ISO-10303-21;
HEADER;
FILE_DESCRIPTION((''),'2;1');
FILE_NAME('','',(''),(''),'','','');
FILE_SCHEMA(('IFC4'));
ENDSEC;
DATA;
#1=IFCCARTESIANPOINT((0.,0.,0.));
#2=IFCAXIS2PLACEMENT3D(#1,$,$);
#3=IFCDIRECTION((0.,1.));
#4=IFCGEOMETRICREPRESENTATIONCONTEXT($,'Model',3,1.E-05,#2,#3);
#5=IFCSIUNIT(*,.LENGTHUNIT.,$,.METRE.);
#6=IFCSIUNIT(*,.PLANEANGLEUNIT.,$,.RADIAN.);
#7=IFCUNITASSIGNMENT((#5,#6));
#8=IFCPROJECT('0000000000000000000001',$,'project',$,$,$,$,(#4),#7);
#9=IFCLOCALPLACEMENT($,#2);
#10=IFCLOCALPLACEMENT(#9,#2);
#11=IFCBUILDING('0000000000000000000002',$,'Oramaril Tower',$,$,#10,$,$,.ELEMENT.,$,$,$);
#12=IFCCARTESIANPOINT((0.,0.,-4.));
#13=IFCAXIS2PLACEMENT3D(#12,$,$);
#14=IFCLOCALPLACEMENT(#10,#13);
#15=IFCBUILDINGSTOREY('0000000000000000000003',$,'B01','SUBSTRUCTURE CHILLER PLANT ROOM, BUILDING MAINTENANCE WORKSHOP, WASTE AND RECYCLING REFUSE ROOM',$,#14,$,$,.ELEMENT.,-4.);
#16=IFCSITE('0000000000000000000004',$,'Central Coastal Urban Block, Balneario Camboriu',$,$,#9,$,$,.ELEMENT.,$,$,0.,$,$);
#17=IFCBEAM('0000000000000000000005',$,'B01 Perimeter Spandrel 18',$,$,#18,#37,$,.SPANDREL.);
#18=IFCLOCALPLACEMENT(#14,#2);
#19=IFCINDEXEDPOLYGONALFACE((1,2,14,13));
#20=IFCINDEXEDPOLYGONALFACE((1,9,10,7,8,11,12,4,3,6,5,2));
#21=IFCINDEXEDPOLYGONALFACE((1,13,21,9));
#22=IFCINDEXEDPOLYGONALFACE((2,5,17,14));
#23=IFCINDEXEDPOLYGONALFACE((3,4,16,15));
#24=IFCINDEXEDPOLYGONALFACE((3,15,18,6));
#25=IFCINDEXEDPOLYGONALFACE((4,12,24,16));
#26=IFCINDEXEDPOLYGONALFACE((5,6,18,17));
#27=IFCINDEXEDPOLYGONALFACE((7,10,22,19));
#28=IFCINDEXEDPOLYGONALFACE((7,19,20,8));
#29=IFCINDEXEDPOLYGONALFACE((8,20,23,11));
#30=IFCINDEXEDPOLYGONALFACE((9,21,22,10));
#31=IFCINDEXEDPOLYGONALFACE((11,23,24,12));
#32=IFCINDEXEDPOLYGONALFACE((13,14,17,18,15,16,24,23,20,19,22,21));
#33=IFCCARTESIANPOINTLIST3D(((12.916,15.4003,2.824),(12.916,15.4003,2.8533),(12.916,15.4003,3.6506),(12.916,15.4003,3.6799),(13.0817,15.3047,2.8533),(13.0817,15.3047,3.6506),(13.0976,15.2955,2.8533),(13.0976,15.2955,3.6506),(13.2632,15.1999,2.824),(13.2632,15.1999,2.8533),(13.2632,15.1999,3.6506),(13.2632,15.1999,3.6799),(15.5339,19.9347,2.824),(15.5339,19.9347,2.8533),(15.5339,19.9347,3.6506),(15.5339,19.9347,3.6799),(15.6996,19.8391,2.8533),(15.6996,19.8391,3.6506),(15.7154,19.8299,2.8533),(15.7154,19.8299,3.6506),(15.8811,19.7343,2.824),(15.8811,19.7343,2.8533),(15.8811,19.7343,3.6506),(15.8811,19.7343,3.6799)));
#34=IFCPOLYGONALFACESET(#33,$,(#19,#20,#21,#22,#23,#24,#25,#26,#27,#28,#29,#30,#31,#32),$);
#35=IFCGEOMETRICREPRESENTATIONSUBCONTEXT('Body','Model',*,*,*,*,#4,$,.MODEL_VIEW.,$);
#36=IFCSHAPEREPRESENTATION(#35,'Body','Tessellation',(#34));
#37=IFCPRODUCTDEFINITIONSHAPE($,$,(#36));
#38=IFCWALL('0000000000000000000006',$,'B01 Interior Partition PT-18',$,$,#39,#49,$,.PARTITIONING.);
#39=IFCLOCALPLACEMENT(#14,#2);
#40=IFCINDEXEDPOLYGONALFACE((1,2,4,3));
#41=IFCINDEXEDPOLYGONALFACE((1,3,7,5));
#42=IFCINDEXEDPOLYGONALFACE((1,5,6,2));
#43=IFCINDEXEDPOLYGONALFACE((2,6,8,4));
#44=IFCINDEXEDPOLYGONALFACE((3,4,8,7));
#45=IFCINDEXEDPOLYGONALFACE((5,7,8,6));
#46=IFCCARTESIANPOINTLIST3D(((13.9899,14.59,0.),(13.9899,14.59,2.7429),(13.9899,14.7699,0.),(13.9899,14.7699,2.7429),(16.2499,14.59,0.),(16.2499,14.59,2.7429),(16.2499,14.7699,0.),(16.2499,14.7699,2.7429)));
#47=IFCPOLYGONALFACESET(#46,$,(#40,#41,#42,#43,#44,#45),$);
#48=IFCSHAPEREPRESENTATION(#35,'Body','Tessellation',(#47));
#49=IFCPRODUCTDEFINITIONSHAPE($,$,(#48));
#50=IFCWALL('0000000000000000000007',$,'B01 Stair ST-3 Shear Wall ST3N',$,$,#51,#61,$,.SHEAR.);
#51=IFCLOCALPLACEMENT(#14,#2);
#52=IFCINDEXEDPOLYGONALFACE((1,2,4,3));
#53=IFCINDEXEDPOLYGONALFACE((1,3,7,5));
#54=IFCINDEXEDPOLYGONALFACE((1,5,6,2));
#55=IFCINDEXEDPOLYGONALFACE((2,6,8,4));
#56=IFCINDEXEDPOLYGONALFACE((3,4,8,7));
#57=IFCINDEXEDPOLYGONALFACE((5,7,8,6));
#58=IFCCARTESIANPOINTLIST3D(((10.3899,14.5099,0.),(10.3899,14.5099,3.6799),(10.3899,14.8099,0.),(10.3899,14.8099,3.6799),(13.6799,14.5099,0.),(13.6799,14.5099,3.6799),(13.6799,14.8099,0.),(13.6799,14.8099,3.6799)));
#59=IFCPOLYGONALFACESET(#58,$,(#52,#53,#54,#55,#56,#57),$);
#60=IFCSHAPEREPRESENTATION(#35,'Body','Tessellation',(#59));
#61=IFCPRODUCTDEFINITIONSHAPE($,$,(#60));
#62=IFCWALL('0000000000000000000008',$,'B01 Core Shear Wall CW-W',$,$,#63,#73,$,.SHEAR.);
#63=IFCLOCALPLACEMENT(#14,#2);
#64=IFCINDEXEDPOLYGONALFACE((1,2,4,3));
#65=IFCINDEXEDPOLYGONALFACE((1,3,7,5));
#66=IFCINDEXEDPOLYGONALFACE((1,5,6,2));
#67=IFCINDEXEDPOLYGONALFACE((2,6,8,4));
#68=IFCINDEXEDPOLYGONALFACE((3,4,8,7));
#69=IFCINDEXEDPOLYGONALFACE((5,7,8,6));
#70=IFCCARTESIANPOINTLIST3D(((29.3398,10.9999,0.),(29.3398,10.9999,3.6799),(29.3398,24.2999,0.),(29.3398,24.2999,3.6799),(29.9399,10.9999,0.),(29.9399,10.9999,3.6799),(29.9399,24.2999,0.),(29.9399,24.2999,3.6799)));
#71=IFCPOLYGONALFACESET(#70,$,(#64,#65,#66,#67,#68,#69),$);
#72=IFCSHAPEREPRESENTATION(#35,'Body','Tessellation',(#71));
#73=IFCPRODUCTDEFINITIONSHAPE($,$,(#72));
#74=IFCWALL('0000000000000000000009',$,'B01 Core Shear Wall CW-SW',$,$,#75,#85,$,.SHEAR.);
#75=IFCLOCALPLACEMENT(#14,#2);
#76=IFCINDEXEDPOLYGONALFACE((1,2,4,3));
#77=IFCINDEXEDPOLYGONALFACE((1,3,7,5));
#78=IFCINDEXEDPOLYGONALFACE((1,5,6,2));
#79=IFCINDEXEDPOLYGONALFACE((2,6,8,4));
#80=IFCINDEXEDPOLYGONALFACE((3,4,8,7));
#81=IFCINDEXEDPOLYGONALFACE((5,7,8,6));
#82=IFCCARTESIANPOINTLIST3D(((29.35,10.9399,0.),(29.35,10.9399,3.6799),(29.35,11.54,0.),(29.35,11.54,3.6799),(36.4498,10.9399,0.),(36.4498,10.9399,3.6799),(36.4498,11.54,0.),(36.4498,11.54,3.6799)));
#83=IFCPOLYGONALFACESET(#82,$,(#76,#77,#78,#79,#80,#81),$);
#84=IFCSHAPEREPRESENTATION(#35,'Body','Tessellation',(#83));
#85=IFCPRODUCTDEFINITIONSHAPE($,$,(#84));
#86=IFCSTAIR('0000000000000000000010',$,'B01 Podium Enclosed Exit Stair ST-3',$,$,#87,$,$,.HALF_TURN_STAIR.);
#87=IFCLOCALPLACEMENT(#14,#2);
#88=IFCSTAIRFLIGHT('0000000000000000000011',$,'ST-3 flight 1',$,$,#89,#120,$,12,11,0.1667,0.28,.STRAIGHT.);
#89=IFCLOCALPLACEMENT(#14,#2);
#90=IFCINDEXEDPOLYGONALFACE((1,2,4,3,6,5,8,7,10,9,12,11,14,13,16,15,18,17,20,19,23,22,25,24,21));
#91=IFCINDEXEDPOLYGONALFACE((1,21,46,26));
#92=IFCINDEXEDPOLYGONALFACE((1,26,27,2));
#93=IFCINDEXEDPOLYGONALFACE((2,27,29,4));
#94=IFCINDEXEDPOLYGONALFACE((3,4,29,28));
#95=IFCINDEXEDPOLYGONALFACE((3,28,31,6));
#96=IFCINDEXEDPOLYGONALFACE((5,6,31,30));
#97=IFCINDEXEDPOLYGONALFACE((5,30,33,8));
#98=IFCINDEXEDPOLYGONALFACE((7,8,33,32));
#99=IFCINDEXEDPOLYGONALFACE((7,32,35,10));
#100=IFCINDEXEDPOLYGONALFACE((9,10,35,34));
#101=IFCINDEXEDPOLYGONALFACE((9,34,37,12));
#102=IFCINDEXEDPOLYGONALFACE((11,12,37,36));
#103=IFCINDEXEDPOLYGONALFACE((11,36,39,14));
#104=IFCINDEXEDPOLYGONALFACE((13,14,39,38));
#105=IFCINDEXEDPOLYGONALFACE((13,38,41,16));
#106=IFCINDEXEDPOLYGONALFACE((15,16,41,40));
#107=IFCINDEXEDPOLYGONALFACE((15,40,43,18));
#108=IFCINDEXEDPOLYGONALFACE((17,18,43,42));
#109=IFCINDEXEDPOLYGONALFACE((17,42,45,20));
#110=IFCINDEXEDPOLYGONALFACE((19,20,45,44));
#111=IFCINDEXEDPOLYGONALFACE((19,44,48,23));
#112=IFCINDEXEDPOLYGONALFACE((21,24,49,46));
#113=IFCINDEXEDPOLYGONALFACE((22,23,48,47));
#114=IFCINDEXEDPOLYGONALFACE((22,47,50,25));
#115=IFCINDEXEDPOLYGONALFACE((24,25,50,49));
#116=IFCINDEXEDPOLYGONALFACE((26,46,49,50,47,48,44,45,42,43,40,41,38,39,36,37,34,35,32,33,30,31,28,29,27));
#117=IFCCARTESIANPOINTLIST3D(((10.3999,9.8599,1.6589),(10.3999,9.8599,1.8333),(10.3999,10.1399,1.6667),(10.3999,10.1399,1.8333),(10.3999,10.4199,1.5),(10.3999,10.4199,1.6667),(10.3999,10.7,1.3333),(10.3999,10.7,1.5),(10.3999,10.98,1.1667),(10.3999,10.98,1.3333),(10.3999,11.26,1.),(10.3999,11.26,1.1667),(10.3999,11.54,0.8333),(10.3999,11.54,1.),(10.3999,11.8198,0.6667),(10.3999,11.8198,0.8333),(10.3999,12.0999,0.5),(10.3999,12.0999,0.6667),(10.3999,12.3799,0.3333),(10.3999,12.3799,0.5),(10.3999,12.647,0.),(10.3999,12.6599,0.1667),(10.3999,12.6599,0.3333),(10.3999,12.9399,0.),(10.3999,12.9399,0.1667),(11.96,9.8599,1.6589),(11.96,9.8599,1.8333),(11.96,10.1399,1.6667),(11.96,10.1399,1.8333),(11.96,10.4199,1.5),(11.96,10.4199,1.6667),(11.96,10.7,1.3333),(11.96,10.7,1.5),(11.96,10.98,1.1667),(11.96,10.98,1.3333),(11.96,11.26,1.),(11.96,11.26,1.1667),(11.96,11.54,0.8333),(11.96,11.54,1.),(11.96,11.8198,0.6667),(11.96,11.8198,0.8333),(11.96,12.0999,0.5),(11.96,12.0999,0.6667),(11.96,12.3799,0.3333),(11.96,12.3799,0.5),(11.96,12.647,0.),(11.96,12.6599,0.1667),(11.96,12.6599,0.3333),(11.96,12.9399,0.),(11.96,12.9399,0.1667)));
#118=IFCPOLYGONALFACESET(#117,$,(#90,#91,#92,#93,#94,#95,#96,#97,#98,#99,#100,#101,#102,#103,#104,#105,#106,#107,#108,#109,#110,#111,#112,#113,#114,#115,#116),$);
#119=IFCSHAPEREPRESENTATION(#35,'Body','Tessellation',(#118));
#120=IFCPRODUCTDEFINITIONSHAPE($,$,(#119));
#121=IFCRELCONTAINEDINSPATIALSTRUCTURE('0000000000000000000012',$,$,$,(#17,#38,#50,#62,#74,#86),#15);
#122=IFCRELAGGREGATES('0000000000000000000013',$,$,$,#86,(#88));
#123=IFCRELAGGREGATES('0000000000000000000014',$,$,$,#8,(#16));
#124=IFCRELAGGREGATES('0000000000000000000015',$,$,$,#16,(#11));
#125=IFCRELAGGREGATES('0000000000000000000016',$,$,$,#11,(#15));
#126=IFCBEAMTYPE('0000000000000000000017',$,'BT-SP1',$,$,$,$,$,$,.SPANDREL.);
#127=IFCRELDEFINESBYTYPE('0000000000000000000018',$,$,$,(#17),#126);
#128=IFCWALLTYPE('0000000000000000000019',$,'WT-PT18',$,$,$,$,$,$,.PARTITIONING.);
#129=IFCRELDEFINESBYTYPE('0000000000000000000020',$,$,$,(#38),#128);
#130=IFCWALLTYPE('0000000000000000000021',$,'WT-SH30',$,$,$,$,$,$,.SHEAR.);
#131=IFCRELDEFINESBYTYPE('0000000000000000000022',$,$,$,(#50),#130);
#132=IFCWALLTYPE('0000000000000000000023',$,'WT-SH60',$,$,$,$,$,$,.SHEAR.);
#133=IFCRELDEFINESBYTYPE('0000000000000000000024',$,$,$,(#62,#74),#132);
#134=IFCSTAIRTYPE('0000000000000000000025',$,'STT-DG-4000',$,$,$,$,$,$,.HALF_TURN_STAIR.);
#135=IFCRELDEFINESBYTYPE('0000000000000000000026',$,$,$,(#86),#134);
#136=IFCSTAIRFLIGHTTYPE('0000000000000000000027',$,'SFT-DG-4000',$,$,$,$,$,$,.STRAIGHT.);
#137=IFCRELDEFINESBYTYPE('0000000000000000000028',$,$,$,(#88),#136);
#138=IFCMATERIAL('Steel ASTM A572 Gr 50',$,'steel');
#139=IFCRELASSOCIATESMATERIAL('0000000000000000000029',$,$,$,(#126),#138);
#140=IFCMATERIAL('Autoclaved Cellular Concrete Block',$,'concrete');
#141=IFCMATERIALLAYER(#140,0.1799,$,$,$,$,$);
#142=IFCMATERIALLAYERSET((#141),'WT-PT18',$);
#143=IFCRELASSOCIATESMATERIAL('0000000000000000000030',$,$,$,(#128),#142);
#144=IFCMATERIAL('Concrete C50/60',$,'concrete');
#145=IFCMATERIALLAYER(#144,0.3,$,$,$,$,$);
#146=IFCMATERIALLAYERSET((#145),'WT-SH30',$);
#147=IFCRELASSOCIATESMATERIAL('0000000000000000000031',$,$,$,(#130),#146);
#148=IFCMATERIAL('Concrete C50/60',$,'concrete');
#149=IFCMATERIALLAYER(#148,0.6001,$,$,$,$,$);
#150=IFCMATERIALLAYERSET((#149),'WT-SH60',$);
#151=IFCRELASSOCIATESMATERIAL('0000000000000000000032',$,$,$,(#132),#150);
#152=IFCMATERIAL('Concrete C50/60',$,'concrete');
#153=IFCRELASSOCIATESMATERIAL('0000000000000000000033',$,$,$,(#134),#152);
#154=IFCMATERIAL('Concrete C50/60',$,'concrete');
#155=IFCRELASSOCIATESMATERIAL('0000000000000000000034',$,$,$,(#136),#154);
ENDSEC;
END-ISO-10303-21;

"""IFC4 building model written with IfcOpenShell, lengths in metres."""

from ifc_helpers import new_model, si_unit, direction, frame, frame_2d, origin, origin_2d, place, context, subcontext, project, spatial, polyline, rectangle, i_section, outline, extrude, material, layer, layer_set, material_profile, profile_set, type_object, element, aggregate, save


model = new_model("IFC4")

# Units and contexts
model_context = context("Model", 3, precision=1e-05, world=origin(), true_north=direction((0.0, 1.0)))
body_context = subcontext(model_context, "Body", "Model", "MODEL_VIEW")
ifc_project = project(units=[si_unit("LENGTHUNIT", "METRE"), si_unit("PLANEANGLEUNIT", "RADIAN")], contexts=[model_context])

# Site, building, storey
site_placement = place(None, origin())
site = spatial("IfcSite", under=ifc_project, at=site_placement, Name="Central Coastal Urban Block, Balneario Camboriu", CompositionType="ELEMENT", RefElevation=0.0)
building_placement = place(site_placement, origin())
building = spatial("IfcBuilding", under=site, at=building_placement, Name="Oramaril Tower", CompositionType="ELEMENT")
storey_placement = place(building_placement, frame((0.0, 0.0, -4.0)))
storey = spatial("IfcBuildingStorey", under=building, at=storey_placement, Name="B01", Description="SUBSTRUCTURE CHILLER PLANT ROOM, BUILDING MAINTENANCE WORKSHOP, WASTE AND RECYCLING REFUSE ROOM", CompositionType="ELEMENT", Elevation=-4.0)

# Beam
ifc_material_1 = material(Name="Steel ASTM A572 Gr 50", Category="steel")
ifc_material_profile_1 = material_profile(ifc_material_1, i_section(OverallWidth=0.4009, OverallDepth=0.856, WebThickness=0.0183, FlangeThickness=0.0293, at=origin_2d()), Name="W33X201")
ifc_profile_set_1 = profile_set([ifc_material_profile_1], Name="Steel ASTM A572 Gr 50")
beam_type_1 = type_object("IfcBeamType", Name="BT-SP1", PredefinedType="SPANDREL", material=ifc_profile_set_1)
beam_1_placement = place(storey_placement, frame((15.7075, 19.8345, 3.252), z_axis=(-0.499996, -0.866028, 0.0), x_axis=(0.866028, -0.499996, 0.0)))
element("IfcBeam", 1, at=beam_1_placement, inside=storey, type_object=beam_type_1, Name="B01 Perimeter Spandrel 18", PredefinedType="SPANDREL", context=body_context, shape_type="SweptSolid", body=[
    extrude(i_section(OverallWidth=0.4009, OverallDepth=0.856, WebThickness=0.0183, FlangeThickness=0.0293, at=origin_2d()), origin(), (0.0, 0.0, 1.0), 5.2358),
])

# Walls
ifc_material_2 = material(Name="Autoclaved Cellular Concrete Block", Category="concrete")
ifc_layer_1 = layer(ifc_material_2, 0.1799)
ifc_layer_set_1 = layer_set([ifc_layer_1], Name="WT-PT18")
wall_type_1 = type_object("IfcWallType", Name="WT-PT18", PredefinedType="PARTITIONING", material=ifc_layer_set_1)
wall_1_placement = place(storey_placement, frame((13.99, 14.6799, 0.0), z_axis=(0.0, 0.0, 1.0), x_axis=(1.0, 0.0, 0.0)))
element("IfcWall", 2, at=wall_1_placement, inside=storey, type_object=wall_type_1, Name="B01 Interior Partition PT-18", PredefinedType="PARTITIONING", context=body_context, shape_type="SweptSolid", body=[
    extrude(rectangle(XDim=2.26, YDim=0.1799, at=frame_2d((1.1299, 0.0))), origin(), (0.0, 0.0, 1.0), 2.7429),
])
ifc_material_3 = material(Name="Concrete C50/60", Category="concrete")
ifc_layer_2 = layer(ifc_material_3, 0.3)
ifc_layer_set_2 = layer_set([ifc_layer_2], Name="WT-SH30")
wall_type_2 = type_object("IfcWallType", Name="WT-SH30", PredefinedType="SHEAR", material=ifc_layer_set_2)
wall_2_placement = place(storey_placement, frame((10.3899, 14.6599, 0.0), z_axis=(0.0, 0.0, 1.0), x_axis=(1.0, 0.0, 0.0)))
element("IfcWall", 3, at=wall_2_placement, inside=storey, type_object=wall_type_2, Name="B01 Stair ST-3 Shear Wall ST3N", PredefinedType="SHEAR", context=body_context, shape_type="SweptSolid", body=[
    extrude(rectangle(XDim=3.29, YDim=0.3, at=frame_2d((1.645, 0.0))), origin(), (0.0, 0.0, 1.0), 3.6799),
])
ifc_material_4 = material(Name="Concrete C50/60", Category="concrete")
ifc_layer_3 = layer(ifc_material_4, 0.6001)
ifc_layer_set_3 = layer_set([ifc_layer_3], Name="WT-SH60")
wall_type_3 = type_object("IfcWallType", Name="WT-SH60", PredefinedType="SHEAR", material=ifc_layer_set_3)
wall_3_placement = place(storey_placement, frame((29.6399, 11.0, 0.0), z_axis=(0.0, 0.0, 1.0), x_axis=(0.0, 1.0, 0.0)))
element("IfcWall", 4, at=wall_3_placement, inside=storey, type_object=wall_type_3, Name="B01 Core Shear Wall CW-W", PredefinedType="SHEAR", context=body_context, shape_type="SweptSolid", body=[
    extrude(rectangle(XDim=13.3, YDim=0.6001, at=frame_2d((6.6499, 0.0))), origin(), (0.0, 0.0, 1.0), 3.6799),
])
wall_4_placement = place(storey_placement, frame((29.3501, 11.24, 0.0), z_axis=(0.0, 0.0, 1.0), x_axis=(1.0, 0.0, 0.0)))
element("IfcWall", 5, at=wall_4_placement, inside=storey, type_object=wall_type_3, Name="B01 Core Shear Wall CW-SW", PredefinedType="SHEAR", context=body_context, shape_type="SweptSolid", body=[
    extrude(rectangle(XDim=7.0999, YDim=0.6001, at=frame_2d((3.5498, 0.0))), origin(), (0.0, 0.0, 1.0), 3.6799),
])

# Stair, stair flight
ifc_material_5 = material(Name="Concrete C50/60", Category="concrete")
stair_type = type_object("IfcStairType", Name="STT-DG-4000", PredefinedType="HALF_TURN_STAIR", material=ifc_material_5)
stair_placement = place(storey_placement, origin())
stair = element("IfcStair", 6, at=stair_placement, inside=storey, type_object=stair_type, Name="B01 Podium Enclosed Exit Stair ST-3", PredefinedType="HALF_TURN_STAIR")
ifc_material_6 = material(Name="Concrete C50/60", Category="concrete")
stair_flight_type = type_object("IfcStairFlightType", Name="SFT-DG-4000", PredefinedType="STRAIGHT", material=ifc_material_6)
stair_flight_placement = place(storey_placement, frame((11.1799, 12.9399, 0.0), z_axis=(0.0, 0.0, 1.0), x_axis=(0.0, -1.0, 0.0)))
stair_flight = element("IfcStairFlight", 7, at=stair_flight_placement, type_object=stair_flight_type, Name="ST-3 flight 1", NumberOfRisers=12, NumberOfTreads=11, PredefinedType="STRAIGHT", RiserHeight=0.1667, TreadLength=0.28, context=body_context, shape_type="SweptSolid", body=[
    extrude(outline(polyline([(0.0, 0.0), (0.0, 0.1667), (0.28, 0.1667), (0.28, 0.3333), (0.5601, 0.3333), (0.5601, 0.5), (0.8401, 0.5), (0.8401, 0.6667), (1.1201, 0.6667), (1.1201, 0.8333), (1.3999, 0.8333), (1.3999, 1.0), (1.6799, 1.0), (1.6799, 1.1667), (1.96, 1.1667), (1.96, 1.3333), (2.24, 1.3333), (2.24, 1.5), (2.52, 1.5), (2.52, 1.6667), (2.8, 1.6667), (2.8, 1.8333), (3.0801, 1.8333), (3.0801, 2.0), (3.0801, 1.6589), (0.293, 0.0), (0.0, 0.0)])), frame((0.0, 0.78, 0.0), z_axis=(0.0, -1.0, 0.0), x_axis=(1.0, 0.0, 0.0)), (0.0, 0.0, 1.0), 1.5601),
])
aggregate(stair, [stair_flight])

save(model, "model.ifc")
